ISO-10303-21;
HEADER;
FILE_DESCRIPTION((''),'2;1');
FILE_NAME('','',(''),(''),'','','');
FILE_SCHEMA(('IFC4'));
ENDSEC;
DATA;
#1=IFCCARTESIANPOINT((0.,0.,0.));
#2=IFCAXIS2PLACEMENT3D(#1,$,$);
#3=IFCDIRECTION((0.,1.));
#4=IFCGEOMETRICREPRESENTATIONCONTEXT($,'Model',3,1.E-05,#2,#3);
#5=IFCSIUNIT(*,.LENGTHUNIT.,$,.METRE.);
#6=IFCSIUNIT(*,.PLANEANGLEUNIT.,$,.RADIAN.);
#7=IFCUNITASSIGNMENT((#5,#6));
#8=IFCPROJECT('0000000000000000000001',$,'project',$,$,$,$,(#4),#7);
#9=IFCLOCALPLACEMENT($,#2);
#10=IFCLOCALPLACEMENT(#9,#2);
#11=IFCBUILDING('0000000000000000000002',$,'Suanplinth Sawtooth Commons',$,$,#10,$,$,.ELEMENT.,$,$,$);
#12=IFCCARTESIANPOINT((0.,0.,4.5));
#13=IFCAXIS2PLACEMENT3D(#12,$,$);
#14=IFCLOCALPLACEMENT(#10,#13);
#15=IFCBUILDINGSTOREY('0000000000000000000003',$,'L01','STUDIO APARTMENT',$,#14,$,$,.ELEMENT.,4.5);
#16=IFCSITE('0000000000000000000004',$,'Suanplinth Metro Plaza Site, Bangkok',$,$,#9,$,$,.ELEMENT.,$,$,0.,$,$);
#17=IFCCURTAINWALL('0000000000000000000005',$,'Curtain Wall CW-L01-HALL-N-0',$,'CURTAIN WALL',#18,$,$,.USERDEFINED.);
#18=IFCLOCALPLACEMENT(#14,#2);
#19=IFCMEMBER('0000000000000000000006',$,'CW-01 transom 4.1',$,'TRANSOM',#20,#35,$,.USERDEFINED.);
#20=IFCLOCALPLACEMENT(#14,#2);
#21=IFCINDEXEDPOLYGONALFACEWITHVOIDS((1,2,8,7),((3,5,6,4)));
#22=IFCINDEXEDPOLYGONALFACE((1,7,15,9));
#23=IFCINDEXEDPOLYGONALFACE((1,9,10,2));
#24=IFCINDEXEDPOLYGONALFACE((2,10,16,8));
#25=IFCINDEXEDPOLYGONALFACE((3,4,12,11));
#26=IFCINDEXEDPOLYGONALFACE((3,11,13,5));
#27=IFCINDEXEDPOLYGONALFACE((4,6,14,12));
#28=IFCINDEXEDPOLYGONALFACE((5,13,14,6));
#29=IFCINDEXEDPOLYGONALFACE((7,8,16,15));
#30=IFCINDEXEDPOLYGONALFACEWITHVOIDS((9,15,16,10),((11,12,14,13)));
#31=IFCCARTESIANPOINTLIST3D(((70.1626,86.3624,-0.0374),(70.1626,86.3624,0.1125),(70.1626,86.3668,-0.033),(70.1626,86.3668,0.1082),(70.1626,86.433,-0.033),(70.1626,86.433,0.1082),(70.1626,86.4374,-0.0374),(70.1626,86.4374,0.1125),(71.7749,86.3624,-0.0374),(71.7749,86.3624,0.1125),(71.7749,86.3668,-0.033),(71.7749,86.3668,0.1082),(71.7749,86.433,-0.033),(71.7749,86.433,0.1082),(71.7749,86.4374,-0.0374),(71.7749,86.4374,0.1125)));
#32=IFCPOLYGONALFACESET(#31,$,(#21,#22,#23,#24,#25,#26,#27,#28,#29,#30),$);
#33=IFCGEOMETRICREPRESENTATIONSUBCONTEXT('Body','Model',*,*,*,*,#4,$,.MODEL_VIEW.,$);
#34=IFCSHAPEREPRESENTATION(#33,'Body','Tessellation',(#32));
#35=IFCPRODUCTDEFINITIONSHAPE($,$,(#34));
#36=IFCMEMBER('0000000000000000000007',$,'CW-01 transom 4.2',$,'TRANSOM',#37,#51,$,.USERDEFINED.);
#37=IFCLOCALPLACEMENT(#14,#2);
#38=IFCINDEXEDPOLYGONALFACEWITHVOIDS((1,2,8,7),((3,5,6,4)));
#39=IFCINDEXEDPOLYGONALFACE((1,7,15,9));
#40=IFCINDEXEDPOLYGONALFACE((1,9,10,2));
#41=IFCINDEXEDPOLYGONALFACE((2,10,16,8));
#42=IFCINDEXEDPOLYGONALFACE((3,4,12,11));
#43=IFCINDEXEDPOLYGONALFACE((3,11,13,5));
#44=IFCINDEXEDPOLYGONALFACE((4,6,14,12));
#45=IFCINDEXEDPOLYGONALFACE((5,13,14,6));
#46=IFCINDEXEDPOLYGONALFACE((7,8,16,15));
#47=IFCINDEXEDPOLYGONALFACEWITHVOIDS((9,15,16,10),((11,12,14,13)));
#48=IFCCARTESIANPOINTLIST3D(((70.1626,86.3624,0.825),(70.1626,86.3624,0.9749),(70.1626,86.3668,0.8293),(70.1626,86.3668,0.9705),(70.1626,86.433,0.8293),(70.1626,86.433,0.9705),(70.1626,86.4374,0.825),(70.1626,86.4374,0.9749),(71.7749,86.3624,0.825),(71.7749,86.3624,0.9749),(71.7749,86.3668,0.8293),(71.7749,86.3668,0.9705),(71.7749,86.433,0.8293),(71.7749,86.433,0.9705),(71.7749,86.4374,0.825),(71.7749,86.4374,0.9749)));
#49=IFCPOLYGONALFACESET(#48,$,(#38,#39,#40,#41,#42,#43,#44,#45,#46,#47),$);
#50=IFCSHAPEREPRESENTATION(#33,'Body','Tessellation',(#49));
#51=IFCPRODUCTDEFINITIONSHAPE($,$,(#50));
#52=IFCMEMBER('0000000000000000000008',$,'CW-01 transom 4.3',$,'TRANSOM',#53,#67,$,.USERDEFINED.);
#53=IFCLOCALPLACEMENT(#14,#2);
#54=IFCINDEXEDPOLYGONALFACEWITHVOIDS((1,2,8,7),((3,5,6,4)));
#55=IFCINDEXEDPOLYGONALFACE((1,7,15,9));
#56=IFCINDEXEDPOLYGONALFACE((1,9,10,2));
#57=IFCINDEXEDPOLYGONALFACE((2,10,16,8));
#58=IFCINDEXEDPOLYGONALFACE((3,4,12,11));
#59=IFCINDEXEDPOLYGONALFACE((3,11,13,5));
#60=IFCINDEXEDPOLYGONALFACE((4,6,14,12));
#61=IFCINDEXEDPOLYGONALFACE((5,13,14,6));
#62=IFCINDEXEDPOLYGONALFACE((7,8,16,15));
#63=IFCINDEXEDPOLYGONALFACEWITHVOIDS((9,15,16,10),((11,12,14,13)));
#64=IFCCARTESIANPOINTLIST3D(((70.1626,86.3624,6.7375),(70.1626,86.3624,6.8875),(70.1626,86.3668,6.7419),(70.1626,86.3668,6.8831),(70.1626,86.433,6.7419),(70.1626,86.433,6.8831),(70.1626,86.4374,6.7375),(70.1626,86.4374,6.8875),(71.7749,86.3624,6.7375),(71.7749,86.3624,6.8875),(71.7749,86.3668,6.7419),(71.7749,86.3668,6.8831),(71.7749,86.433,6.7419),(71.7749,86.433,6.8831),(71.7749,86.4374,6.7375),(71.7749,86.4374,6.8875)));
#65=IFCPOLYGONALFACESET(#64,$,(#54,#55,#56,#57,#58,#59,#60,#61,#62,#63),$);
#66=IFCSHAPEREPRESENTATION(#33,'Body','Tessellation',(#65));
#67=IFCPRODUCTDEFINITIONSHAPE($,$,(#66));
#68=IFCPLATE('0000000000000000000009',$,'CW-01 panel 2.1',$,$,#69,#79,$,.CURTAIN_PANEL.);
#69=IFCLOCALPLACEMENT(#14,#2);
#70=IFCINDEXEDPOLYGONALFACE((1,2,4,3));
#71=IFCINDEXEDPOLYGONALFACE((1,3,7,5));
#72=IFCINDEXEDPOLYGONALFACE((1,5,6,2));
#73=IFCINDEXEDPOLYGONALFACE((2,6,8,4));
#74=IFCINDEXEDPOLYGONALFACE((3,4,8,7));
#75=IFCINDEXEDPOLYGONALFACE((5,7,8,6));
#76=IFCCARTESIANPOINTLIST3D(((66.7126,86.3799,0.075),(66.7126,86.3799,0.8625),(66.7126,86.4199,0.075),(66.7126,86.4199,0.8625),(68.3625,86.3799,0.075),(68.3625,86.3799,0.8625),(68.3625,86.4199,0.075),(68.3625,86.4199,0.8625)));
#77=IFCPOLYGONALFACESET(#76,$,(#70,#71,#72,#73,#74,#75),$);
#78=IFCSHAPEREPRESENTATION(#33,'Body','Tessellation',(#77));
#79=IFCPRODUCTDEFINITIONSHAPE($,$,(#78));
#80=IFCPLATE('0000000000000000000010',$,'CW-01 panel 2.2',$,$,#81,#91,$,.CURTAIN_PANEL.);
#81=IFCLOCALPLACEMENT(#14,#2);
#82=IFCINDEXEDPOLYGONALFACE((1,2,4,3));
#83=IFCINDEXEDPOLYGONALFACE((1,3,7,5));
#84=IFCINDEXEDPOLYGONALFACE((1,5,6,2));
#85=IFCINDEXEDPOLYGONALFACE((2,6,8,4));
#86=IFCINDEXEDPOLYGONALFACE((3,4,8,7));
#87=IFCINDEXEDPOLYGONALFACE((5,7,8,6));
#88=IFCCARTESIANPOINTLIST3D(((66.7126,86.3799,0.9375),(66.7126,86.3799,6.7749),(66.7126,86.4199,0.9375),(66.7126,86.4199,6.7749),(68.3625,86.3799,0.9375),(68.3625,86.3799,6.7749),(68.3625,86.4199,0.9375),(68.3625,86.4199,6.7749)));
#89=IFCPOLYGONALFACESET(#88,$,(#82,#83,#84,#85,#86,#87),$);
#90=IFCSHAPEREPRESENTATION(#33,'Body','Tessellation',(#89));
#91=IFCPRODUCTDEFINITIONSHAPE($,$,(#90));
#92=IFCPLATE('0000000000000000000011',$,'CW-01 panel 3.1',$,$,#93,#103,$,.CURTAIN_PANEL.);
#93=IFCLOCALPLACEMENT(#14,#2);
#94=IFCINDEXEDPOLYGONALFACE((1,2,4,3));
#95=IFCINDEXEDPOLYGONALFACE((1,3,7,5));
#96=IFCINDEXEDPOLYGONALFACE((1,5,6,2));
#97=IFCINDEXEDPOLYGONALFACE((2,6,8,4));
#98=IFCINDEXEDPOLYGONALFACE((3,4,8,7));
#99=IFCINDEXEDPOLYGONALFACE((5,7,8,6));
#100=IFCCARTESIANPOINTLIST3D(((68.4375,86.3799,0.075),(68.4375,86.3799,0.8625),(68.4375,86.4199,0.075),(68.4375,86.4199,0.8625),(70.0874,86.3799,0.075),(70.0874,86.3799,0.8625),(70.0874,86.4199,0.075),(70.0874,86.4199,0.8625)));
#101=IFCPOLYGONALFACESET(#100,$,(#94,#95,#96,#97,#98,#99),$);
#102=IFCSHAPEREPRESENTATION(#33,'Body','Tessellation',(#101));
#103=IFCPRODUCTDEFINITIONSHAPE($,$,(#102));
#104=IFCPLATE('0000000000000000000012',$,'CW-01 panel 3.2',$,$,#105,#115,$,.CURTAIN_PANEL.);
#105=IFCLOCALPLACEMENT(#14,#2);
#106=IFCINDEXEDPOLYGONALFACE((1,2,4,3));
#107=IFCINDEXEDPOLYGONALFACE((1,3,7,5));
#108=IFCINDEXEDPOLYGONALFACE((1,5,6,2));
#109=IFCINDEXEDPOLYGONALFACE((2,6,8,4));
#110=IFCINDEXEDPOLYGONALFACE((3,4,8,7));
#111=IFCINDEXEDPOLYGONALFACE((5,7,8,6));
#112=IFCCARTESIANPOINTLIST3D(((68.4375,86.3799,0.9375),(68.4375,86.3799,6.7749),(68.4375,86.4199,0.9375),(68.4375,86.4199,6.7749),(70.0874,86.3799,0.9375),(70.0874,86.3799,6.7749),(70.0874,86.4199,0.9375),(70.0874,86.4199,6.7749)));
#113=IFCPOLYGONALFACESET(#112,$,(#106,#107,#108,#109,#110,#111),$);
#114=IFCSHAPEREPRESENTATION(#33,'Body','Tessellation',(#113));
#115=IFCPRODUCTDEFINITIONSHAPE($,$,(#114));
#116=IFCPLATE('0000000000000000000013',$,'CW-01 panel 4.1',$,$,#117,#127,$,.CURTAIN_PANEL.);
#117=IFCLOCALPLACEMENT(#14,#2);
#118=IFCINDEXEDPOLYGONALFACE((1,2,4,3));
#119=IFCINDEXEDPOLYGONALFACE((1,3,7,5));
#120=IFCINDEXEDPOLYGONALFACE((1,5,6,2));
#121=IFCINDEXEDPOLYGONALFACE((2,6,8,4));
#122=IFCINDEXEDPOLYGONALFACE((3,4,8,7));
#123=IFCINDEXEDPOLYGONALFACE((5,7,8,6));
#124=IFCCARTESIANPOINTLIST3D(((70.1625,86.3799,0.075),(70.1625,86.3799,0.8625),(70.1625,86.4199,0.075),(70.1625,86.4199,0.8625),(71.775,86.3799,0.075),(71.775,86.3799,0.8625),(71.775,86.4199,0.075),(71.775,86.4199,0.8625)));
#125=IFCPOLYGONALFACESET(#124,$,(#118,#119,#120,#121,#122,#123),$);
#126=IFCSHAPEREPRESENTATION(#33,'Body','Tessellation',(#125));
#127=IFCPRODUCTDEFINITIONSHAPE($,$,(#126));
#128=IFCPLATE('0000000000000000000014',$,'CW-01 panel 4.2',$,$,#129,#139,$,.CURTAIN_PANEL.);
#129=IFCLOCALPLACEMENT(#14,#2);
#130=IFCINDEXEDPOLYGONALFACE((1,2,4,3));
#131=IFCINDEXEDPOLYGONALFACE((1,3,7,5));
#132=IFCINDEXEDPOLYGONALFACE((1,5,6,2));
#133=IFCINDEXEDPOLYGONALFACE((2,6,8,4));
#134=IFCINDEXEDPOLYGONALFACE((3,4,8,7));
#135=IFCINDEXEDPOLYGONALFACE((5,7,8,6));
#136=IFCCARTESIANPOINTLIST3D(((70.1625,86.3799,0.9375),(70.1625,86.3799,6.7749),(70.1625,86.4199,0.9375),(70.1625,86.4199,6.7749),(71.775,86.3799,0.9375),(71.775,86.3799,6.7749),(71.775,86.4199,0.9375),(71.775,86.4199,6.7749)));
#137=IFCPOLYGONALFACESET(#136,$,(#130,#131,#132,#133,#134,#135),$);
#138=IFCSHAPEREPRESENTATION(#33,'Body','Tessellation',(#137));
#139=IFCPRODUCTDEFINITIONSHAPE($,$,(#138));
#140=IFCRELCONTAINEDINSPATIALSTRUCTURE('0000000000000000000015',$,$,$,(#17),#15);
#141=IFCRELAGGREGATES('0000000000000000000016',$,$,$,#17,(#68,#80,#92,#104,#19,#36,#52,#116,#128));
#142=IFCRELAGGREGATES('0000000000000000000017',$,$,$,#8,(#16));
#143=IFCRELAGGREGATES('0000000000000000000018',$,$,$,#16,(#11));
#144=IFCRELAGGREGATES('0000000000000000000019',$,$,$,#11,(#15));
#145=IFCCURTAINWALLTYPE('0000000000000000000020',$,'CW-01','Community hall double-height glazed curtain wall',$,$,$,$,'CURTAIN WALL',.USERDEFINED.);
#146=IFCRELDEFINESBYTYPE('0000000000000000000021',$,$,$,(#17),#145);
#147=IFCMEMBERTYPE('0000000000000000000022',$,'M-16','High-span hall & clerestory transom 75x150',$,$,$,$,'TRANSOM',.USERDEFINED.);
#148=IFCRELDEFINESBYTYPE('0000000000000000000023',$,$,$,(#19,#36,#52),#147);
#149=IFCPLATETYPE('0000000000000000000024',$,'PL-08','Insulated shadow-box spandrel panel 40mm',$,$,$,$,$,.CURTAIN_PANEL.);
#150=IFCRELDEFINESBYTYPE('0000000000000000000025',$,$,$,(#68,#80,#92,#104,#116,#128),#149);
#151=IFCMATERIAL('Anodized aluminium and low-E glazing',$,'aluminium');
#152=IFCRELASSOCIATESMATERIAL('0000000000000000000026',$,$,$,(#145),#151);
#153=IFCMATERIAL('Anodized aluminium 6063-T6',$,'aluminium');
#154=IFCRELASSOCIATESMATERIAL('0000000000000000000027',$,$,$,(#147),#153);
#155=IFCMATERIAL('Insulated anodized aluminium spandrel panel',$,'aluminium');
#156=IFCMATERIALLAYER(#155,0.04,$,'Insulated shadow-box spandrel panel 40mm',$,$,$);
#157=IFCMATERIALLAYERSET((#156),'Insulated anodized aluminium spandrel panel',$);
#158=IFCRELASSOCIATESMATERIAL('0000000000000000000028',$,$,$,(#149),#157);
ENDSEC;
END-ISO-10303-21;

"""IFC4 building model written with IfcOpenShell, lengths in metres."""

from ifc_helpers import new_model, si_unit, direction, frame, origin, origin_2d, place, context, subcontext, project, spatial, rectangle, hollow_rectangle, extrude, material, layer, layer_set, material_profile, profile_set, type_object, element, aggregate, save


model = new_model("IFC4")

# Units and contexts
model_context = context("Model", 3, precision=1e-05, world=origin(), true_north=direction((0.0, 1.0)))
body_context = subcontext(model_context, "Body", "Model", "MODEL_VIEW")
ifc_project = project(units=[si_unit("LENGTHUNIT", "METRE"), si_unit("PLANEANGLEUNIT", "RADIAN")], contexts=[model_context])

# Site, building, storey
site_placement = place(None, origin())
site = spatial("IfcSite", under=ifc_project, at=site_placement, Name="Suanplinth Metro Plaza Site, Bangkok", CompositionType="ELEMENT", RefElevation=0.0)
building_placement = place(site_placement, origin())
building = spatial("IfcBuilding", under=site, at=building_placement, Name="Suanplinth Sawtooth Commons", CompositionType="ELEMENT")
storey_placement = place(building_placement, frame((0.0, 0.0, 4.5)))
storey = spatial("IfcBuildingStorey", under=building, at=storey_placement, Name="L01", Description="STUDIO APARTMENT", CompositionType="ELEMENT", Elevation=4.5)

# Curtain wall
ifc_material_1 = material(Name="Anodized aluminium and low-E glazing", Category="aluminium")
curtain_wall_type = type_object("IfcCurtainWallType", Name="CW-01", Description="Community hall double-height glazed curtain wall", ElementType="CURTAIN WALL", PredefinedType="USERDEFINED", material=ifc_material_1)
curtain_wall_1_placement = place(storey_placement, origin())
curtain_wall_1 = element("IfcCurtainWall", 1, at=curtain_wall_1_placement, inside=storey, type_object=curtain_wall_type, Name="Curtain Wall CW-L01-HALL-N-0", ObjectType="CURTAIN WALL", PredefinedType="USERDEFINED")
ifc_material_2 = material(Name="Anodized aluminium 6063-T6", Category="aluminium")

# Members
ifc_material_profile_1 = material_profile(ifc_material_2, hollow_rectangle(XDim=0.075, YDim=0.1499, WallThickness=0.0044, at=origin_2d()), Name="ALU-TRN 75x150")
ifc_profile_set_1 = profile_set([ifc_material_profile_1], Name="Anodized aluminium 6063-T6")
member_type_1 = type_object("IfcMemberType", Name="M-16", Description="High-span hall & clerestory transom 75x150", ElementType="TRANSOM", PredefinedType="USERDEFINED", material=ifc_profile_set_1)
member_1_placement = place(storey_placement, frame((70.1626, 86.3999, 0.0376), z_axis=(1.0, 0.0, 0.0), x_axis=(0.0, 1.0, 0.0)))
member_1 = element("IfcMember", 2, at=member_1_placement, type_object=member_type_1, Name="CW-01 transom 4.1", ObjectType="TRANSOM", PredefinedType="USERDEFINED", context=body_context, shape_type="SweptSolid", body=[
    extrude(hollow_rectangle(XDim=0.075, YDim=0.1499, WallThickness=0.0044, at=origin_2d()), origin(), (0.0, 0.0, 1.0), 1.6123),
])
member_2_placement = place(storey_placement, frame((70.1626, 86.3999, 0.8999), z_axis=(1.0, 0.0, 0.0), x_axis=(0.0, 1.0, 0.0)))
member_2 = element("IfcMember", 3, at=member_2_placement, type_object=member_type_1, Name="CW-01 transom 4.2", ObjectType="TRANSOM", PredefinedType="USERDEFINED", context=body_context, shape_type="SweptSolid", body=[
    extrude(hollow_rectangle(XDim=0.075, YDim=0.1499, WallThickness=0.0044, at=origin_2d()), origin(), (0.0, 0.0, 1.0), 1.6123),
])
member_3_placement = place(storey_placement, frame((70.1626, 86.3999, 6.8125), z_axis=(1.0, 0.0, 0.0), x_axis=(0.0, 1.0, 0.0)))
member_3 = element("IfcMember", 4, at=member_3_placement, type_object=member_type_1, Name="CW-01 transom 4.3", ObjectType="TRANSOM", PredefinedType="USERDEFINED", context=body_context, shape_type="SweptSolid", body=[
    extrude(hollow_rectangle(XDim=0.075, YDim=0.1499, WallThickness=0.0044, at=origin_2d()), origin(), (0.0, 0.0, 1.0), 1.6123),
])

# Plates
ifc_material_3 = material(Name="Insulated anodized aluminium spandrel panel", Category="aluminium")
ifc_layer = layer(ifc_material_3, 0.04, Name="Insulated shadow-box spandrel panel 40mm")
ifc_layer_set = layer_set([ifc_layer], Name="Insulated anodized aluminium spandrel panel")
plate_type = type_object("IfcPlateType", Name="PL-08", Description="Insulated shadow-box spandrel panel 40mm", PredefinedType="CURTAIN_PANEL", material=ifc_layer_set)
plate_1_placement = place(storey_placement, frame((67.5376, 86.3999, 0.075), z_axis=(0.0, 0.0, 1.0), x_axis=(1.0, 0.0, 0.0)))
plate_1 = element("IfcPlate", 5, at=plate_1_placement, type_object=plate_type, Name="CW-01 panel 2.1", PredefinedType="CURTAIN_PANEL", context=body_context, shape_type="SweptSolid", body=[
    extrude(rectangle(XDim=1.6499, YDim=0.04, at=origin_2d()), origin(), (0.0, 0.0, 1.0), 0.7876),
])
plate_2_placement = place(storey_placement, frame((67.5376, 86.3999, 0.9375), z_axis=(0.0, 0.0, 1.0), x_axis=(1.0, 0.0, 0.0)))
plate_2 = element("IfcPlate", 6, at=plate_2_placement, type_object=plate_type, Name="CW-01 panel 2.2", PredefinedType="CURTAIN_PANEL", context=body_context, shape_type="SweptSolid", body=[
    extrude(rectangle(XDim=1.6499, YDim=0.04, at=origin_2d()), origin(), (0.0, 0.0, 1.0), 5.8374),
])
plate_3_placement = place(storey_placement, frame((69.2625, 86.3999, 0.075), z_axis=(0.0, 0.0, 1.0), x_axis=(1.0, 0.0, 0.0)))
plate_3 = element("IfcPlate", 7, at=plate_3_placement, type_object=plate_type, Name="CW-01 panel 3.1", PredefinedType="CURTAIN_PANEL", context=body_context, shape_type="SweptSolid", body=[
    extrude(rectangle(XDim=1.6499, YDim=0.04, at=origin_2d()), origin(), (0.0, 0.0, 1.0), 0.7876),
])
plate_4_placement = place(storey_placement, frame((69.2625, 86.3999, 0.9375), z_axis=(0.0, 0.0, 1.0), x_axis=(1.0, 0.0, 0.0)))
plate_4 = element("IfcPlate", 8, at=plate_4_placement, type_object=plate_type, Name="CW-01 panel 3.2", PredefinedType="CURTAIN_PANEL", context=body_context, shape_type="SweptSolid", body=[
    extrude(rectangle(XDim=1.6499, YDim=0.04, at=origin_2d()), origin(), (0.0, 0.0, 1.0), 5.8374),
])
plate_5_placement = place(storey_placement, frame((70.9688, 86.3999, 0.075), z_axis=(0.0, 0.0, 1.0), x_axis=(1.0, 0.0, 0.0)))
plate_5 = element("IfcPlate", 9, at=plate_5_placement, type_object=plate_type, Name="CW-01 panel 4.1", PredefinedType="CURTAIN_PANEL", context=body_context, shape_type="SweptSolid", body=[
    extrude(rectangle(XDim=1.6125, YDim=0.04, at=origin_2d()), origin(), (0.0, 0.0, 1.0), 0.7876),
])
plate_6_placement = place(storey_placement, frame((70.9688, 86.3999, 0.9375), z_axis=(0.0, 0.0, 1.0), x_axis=(1.0, 0.0, 0.0)))
plate_6 = element("IfcPlate", 10, at=plate_6_placement, type_object=plate_type, Name="CW-01 panel 4.2", PredefinedType="CURTAIN_PANEL", context=body_context, shape_type="SweptSolid", body=[
    extrude(rectangle(XDim=1.6125, YDim=0.04, at=origin_2d()), origin(), (0.0, 0.0, 1.0), 5.8374),
])
aggregate(curtain_wall_1, [plate_1, plate_2, plate_3, plate_4, member_1, member_2, member_3, plate_5, plate_6])

save(model, "model.ifc")
